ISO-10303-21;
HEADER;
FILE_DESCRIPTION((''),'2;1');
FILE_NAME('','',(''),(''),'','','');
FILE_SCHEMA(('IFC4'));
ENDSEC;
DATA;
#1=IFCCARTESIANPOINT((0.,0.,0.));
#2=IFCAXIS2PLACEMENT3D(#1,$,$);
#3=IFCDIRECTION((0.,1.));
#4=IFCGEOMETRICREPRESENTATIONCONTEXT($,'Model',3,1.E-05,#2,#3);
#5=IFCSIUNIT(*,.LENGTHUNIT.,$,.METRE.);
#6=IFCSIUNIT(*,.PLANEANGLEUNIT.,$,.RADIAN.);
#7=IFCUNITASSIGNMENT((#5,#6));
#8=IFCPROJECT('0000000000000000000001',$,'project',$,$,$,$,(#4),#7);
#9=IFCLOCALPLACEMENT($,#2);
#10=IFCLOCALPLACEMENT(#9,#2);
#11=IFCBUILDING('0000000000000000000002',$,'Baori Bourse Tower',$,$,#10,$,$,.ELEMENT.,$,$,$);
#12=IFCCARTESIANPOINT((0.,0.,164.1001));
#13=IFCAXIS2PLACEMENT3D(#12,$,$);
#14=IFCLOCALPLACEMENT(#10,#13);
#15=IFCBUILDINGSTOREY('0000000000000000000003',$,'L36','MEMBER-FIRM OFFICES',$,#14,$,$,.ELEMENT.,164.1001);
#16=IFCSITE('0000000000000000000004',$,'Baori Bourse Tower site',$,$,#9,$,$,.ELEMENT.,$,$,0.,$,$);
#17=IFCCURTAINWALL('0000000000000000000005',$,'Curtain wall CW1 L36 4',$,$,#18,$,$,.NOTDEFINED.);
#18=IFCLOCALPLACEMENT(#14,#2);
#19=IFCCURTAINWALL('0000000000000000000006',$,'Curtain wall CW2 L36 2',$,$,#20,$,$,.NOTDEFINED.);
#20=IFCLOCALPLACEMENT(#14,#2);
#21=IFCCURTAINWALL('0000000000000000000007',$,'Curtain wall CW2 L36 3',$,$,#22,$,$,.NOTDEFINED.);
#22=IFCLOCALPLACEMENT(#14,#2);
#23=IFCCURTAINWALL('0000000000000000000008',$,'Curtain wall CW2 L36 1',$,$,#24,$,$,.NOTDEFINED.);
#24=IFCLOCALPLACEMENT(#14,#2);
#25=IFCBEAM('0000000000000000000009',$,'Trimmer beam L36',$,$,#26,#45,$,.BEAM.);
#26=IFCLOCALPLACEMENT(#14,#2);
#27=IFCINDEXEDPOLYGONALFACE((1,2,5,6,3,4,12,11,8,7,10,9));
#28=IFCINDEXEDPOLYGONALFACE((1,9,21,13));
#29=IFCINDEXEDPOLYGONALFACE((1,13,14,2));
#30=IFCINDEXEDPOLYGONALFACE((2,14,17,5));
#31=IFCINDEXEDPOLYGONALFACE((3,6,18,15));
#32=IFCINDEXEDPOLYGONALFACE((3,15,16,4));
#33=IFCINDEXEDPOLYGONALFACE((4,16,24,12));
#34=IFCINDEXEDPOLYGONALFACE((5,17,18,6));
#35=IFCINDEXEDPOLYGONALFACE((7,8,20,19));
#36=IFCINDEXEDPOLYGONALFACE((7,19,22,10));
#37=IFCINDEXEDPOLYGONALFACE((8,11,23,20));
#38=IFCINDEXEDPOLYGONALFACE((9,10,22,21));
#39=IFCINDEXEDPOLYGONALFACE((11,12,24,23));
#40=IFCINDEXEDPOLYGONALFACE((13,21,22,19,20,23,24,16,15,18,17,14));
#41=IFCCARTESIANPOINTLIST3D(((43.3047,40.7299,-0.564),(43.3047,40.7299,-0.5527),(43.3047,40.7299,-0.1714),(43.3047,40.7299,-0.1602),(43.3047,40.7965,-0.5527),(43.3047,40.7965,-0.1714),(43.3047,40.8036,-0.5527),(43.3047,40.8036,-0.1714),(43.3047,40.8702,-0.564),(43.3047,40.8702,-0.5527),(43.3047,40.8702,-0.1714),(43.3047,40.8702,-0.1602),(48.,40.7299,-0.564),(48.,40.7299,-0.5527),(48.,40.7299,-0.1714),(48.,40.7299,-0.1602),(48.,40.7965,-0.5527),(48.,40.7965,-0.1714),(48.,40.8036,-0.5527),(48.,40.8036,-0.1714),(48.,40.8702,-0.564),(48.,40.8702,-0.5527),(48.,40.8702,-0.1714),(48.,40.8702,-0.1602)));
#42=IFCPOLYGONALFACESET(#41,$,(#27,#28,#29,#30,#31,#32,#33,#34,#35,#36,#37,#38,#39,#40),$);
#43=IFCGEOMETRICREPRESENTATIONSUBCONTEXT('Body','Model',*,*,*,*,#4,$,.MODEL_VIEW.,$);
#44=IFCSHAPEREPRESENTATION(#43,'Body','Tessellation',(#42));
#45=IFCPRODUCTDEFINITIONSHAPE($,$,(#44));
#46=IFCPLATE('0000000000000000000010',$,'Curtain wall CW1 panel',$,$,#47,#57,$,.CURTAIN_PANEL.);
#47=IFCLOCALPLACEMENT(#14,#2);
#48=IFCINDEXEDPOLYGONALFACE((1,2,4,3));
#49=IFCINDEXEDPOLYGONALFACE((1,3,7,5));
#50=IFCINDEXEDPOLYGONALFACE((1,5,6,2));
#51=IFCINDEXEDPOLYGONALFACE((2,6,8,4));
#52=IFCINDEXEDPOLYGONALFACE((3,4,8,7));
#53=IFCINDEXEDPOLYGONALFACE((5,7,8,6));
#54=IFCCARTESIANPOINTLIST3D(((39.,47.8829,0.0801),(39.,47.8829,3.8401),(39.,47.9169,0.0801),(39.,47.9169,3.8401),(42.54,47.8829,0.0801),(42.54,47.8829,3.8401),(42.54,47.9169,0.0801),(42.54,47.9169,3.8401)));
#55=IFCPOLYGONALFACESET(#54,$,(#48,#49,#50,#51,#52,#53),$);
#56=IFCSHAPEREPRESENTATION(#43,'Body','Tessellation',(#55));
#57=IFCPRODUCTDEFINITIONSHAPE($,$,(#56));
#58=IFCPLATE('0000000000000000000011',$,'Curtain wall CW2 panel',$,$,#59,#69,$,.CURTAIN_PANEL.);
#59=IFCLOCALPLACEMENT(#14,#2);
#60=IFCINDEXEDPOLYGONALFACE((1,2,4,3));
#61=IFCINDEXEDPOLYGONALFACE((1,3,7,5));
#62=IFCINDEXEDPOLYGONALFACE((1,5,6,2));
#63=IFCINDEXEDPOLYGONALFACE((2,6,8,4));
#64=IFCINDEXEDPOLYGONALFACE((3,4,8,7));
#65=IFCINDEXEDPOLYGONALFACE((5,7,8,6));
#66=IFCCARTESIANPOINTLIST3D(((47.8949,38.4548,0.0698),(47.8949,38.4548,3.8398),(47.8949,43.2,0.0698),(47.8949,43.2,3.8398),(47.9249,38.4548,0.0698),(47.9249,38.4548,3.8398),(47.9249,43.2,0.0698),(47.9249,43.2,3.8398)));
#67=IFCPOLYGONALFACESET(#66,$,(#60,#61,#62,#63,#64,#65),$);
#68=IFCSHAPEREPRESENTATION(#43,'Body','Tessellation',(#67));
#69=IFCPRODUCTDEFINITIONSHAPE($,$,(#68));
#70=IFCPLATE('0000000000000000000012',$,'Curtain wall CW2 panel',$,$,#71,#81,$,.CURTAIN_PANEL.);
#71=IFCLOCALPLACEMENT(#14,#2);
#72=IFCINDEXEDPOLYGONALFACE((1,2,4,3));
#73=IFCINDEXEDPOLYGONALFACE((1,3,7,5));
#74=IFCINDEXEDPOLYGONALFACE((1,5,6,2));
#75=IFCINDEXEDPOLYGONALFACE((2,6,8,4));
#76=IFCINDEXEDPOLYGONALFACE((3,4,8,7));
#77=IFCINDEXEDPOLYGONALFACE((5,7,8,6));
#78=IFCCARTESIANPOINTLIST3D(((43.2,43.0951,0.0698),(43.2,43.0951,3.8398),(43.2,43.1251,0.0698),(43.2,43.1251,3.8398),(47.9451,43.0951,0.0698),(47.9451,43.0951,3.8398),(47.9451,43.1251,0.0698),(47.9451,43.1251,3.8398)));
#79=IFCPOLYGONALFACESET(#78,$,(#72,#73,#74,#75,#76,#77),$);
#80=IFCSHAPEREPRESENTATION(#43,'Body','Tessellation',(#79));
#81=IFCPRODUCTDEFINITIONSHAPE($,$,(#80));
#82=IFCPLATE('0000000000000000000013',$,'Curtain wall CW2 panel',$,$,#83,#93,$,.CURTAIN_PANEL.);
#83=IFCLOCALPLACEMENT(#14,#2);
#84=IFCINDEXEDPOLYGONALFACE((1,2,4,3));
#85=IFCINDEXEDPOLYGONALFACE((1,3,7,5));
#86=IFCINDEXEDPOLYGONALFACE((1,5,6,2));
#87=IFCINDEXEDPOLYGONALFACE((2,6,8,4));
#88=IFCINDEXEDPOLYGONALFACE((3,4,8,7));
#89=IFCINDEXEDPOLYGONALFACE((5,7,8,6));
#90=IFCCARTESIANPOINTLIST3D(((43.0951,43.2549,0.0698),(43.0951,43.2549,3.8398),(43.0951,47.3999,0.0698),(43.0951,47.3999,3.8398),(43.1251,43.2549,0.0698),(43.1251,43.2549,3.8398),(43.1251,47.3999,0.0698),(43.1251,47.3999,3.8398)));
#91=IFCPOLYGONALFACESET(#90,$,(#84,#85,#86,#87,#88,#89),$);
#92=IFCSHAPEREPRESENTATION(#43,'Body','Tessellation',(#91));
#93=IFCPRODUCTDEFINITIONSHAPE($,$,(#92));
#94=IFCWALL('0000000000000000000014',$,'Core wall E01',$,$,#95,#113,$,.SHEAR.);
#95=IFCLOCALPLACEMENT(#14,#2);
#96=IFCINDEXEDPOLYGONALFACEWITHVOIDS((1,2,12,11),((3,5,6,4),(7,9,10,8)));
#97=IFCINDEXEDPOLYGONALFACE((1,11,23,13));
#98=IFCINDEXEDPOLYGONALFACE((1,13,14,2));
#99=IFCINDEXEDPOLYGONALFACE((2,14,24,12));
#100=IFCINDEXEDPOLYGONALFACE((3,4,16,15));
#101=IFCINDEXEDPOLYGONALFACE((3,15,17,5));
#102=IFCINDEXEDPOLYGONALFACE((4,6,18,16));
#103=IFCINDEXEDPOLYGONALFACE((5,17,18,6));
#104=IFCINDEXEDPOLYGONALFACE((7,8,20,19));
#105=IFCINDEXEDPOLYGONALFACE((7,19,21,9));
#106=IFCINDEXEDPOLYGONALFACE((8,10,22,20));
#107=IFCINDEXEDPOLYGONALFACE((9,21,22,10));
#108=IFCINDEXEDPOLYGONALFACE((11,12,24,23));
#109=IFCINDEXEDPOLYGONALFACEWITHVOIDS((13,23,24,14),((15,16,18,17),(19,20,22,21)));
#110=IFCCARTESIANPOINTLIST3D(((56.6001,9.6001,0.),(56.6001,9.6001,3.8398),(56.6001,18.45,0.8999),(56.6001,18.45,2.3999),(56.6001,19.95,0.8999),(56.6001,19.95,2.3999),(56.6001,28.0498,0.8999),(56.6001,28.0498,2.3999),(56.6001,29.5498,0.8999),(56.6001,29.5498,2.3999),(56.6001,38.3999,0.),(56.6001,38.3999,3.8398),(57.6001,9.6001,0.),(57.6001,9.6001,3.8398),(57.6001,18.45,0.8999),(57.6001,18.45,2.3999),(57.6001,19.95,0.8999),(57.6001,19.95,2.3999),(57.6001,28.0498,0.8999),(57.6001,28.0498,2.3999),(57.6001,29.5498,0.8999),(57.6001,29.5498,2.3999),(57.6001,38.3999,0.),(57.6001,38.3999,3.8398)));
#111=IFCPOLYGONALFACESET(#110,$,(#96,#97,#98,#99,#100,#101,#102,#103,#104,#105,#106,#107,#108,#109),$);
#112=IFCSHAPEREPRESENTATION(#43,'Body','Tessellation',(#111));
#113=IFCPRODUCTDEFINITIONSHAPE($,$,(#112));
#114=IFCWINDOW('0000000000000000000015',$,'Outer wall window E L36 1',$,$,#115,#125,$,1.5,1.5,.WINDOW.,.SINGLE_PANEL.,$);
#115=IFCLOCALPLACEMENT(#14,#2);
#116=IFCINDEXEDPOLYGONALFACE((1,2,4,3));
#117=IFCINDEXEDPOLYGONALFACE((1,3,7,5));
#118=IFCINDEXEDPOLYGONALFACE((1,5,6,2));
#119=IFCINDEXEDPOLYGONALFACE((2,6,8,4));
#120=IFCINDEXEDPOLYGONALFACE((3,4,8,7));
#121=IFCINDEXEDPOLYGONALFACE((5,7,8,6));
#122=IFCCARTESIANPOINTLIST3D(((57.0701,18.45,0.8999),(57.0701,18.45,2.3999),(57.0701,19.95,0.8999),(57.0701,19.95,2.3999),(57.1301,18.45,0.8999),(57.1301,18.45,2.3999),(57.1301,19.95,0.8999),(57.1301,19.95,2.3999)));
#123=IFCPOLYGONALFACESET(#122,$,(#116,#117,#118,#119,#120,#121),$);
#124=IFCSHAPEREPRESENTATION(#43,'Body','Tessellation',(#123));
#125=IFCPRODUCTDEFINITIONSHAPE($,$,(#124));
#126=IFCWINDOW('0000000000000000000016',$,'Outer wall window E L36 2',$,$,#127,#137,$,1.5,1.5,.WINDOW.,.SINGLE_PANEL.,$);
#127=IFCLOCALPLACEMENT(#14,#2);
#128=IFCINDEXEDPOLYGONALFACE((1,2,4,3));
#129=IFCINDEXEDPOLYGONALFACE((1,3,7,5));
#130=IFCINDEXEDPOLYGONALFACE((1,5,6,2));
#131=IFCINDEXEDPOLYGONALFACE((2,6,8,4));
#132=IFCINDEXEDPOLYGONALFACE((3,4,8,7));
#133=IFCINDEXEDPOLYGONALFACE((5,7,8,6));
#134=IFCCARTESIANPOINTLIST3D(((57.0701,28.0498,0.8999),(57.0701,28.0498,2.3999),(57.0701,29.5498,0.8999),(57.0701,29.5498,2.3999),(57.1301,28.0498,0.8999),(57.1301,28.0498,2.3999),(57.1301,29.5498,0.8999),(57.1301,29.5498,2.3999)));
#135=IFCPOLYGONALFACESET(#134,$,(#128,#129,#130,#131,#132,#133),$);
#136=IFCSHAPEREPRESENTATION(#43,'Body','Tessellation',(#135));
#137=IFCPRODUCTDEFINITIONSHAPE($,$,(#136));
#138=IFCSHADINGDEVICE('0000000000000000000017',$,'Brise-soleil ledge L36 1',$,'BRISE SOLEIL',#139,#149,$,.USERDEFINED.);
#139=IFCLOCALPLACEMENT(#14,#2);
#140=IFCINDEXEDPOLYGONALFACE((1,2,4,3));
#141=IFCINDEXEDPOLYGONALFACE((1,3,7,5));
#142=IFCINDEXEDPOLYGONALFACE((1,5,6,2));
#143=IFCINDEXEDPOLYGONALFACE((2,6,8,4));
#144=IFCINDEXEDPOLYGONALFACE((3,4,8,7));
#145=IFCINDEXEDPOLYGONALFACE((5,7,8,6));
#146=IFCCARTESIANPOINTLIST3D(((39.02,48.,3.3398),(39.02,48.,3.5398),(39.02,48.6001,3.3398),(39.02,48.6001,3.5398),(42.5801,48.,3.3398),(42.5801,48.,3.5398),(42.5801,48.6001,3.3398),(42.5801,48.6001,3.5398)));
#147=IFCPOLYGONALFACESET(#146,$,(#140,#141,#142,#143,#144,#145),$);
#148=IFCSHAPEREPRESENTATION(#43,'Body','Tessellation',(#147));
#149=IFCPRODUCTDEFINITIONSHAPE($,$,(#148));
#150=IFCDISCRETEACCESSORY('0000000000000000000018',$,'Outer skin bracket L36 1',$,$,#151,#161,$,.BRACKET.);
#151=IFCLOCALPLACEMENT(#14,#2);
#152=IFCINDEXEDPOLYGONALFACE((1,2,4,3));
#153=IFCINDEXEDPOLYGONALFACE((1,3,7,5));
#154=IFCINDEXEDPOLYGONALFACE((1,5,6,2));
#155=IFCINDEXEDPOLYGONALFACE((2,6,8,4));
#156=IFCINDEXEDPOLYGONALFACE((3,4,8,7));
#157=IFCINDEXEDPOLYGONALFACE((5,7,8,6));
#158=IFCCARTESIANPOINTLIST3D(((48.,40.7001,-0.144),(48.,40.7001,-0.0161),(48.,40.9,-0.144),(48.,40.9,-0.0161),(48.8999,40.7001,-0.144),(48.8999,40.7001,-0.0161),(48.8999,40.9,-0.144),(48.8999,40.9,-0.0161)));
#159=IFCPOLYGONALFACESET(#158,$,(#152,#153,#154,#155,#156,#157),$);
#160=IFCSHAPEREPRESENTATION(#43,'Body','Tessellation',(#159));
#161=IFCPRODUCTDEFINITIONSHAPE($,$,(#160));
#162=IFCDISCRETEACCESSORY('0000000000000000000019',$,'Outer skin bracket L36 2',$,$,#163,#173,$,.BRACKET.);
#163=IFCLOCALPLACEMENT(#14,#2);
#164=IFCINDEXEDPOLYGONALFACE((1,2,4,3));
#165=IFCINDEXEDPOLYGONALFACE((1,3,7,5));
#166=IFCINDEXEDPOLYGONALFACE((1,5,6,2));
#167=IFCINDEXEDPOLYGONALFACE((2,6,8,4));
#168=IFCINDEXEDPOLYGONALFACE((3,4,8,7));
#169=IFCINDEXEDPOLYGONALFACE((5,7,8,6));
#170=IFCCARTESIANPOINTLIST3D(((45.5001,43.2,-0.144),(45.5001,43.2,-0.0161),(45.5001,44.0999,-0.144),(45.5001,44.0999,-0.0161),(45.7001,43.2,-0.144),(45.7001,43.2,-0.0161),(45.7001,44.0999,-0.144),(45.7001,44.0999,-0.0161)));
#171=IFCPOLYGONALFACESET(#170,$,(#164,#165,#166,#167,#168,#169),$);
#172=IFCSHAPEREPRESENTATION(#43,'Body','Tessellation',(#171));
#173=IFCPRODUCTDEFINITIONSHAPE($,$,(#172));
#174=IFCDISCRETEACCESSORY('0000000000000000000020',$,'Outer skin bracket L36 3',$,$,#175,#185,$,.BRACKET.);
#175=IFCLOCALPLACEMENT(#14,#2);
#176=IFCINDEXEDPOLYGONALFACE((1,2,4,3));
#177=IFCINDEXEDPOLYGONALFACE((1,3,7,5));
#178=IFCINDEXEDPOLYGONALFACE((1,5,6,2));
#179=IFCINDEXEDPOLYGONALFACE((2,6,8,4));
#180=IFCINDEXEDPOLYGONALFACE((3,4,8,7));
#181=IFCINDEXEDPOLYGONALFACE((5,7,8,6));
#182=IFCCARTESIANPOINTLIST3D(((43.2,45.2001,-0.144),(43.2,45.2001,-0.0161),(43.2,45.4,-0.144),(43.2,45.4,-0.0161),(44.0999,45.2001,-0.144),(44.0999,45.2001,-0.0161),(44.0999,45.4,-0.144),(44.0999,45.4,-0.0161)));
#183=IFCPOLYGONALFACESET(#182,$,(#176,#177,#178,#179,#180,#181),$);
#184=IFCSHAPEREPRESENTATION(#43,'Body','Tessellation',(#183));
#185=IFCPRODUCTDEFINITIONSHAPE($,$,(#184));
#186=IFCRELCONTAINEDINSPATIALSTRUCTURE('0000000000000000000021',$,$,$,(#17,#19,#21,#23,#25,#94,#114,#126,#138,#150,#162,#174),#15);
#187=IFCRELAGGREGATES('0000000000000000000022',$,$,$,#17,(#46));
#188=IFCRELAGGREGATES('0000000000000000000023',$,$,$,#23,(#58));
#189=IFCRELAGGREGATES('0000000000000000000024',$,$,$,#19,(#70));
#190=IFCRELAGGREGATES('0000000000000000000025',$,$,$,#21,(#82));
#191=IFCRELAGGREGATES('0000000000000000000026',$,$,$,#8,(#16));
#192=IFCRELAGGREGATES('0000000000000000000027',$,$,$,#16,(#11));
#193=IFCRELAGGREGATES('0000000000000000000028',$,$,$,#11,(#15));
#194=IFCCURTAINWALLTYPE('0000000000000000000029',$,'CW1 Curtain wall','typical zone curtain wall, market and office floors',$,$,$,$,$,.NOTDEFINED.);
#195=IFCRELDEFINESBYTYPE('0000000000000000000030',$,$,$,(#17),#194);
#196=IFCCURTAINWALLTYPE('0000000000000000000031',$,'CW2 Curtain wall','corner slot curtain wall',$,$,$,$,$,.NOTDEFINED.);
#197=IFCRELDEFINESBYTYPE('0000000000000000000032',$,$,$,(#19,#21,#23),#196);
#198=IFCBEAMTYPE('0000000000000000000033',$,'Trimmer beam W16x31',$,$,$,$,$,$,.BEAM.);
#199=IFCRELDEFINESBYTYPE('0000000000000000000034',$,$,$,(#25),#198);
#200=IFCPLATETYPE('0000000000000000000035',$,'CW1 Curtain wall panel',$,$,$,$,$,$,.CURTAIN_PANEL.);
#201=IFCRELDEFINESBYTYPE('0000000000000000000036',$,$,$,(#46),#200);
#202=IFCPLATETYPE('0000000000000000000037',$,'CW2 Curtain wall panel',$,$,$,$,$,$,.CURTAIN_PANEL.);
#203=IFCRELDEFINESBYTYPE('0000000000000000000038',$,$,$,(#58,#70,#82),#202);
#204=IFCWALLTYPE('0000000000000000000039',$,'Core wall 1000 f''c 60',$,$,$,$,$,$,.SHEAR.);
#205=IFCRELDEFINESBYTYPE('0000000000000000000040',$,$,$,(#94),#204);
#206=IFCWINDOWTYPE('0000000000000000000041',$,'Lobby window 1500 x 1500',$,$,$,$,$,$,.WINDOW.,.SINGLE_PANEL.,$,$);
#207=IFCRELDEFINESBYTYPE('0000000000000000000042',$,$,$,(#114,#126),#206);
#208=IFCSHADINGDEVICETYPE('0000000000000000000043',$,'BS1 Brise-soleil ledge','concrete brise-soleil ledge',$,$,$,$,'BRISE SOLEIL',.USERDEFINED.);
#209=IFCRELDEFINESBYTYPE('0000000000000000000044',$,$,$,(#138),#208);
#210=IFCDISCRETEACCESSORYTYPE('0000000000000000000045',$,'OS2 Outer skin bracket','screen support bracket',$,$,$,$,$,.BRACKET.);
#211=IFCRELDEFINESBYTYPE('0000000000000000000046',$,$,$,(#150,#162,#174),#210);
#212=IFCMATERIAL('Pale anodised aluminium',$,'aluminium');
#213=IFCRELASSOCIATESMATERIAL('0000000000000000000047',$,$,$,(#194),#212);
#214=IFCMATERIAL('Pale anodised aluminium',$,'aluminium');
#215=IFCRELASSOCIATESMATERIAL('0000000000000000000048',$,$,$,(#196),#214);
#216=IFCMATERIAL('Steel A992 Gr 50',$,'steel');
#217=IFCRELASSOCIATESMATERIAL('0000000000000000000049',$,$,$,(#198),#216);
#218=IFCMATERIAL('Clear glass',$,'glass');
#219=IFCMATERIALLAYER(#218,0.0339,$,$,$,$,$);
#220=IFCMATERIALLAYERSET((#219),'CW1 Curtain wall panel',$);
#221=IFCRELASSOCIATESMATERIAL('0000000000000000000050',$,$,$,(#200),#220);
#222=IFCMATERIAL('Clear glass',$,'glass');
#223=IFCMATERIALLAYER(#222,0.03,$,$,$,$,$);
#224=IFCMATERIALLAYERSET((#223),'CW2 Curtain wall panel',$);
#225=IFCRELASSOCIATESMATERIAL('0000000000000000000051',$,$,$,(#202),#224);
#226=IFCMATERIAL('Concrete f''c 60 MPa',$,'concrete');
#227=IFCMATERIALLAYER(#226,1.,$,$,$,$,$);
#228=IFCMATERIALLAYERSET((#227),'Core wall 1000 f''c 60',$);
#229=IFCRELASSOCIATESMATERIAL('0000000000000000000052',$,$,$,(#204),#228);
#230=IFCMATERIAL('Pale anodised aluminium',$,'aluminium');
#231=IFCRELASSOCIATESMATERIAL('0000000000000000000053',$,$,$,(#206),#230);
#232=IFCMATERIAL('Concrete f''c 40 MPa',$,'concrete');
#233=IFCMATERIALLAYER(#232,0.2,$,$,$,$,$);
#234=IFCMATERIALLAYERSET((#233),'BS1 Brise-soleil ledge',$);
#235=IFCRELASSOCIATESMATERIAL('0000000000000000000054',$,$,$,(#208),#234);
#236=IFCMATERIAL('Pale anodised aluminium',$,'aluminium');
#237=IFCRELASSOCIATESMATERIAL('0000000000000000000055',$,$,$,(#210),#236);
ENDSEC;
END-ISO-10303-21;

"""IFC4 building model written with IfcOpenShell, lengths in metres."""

from ifc_helpers import new_model, si_unit, direction, frame, frame_2d, origin, origin_2d, place, context, subcontext, project, spatial, rectangle, i_section, extrude, material, layer, layer_set, material_profile, profile_set, type_object, element, fill, aggregate, save


model = new_model("IFC4")

# Units and contexts
model_context = context("Model", 3, precision=1e-05, world=origin(), true_north=direction((0.0, 1.0)))
body_context = subcontext(model_context, "Body", "Model", "MODEL_VIEW")
ifc_project = project(units=[si_unit("LENGTHUNIT", "METRE"), si_unit("PLANEANGLEUNIT", "RADIAN")], contexts=[model_context])

# Site, building, storey
site_placement = place(None, origin())
site = spatial("IfcSite", under=ifc_project, at=site_placement, Name="Baori Bourse Tower site", CompositionType="ELEMENT", RefElevation=0.0)
building_placement = place(site_placement, origin())
building = spatial("IfcBuilding", under=site, at=building_placement, Name="Baori Bourse Tower", CompositionType="ELEMENT")
storey_placement = place(building_placement, frame((0.0, 0.0, 164.1001)))
storey = spatial("IfcBuildingStorey", under=building, at=storey_placement, Name="L36", Description="MEMBER-FIRM OFFICES", CompositionType="ELEMENT", Elevation=164.1001)

# Curtain wall
ifc_material_1 = material(Name="Pale anodised aluminium", Category="aluminium")
curtain_wall_type_1 = type_object("IfcCurtainWallType", Name="CW1 Curtain wall", Description="typical zone curtain wall, market and office floors", PredefinedType="NOTDEFINED", material=ifc_material_1)
curtain_wall_1_placement = place(storey_placement, origin())
curtain_wall_1 = element("IfcCurtainWall", 1, at=curtain_wall_1_placement, inside=storey, type_object=curtain_wall_type_1, Name="Curtain wall CW1 L36 4", PredefinedType="NOTDEFINED")

# Curtain walls
ifc_material_2 = material(Name="Pale anodised aluminium", Category="aluminium")
curtain_wall_type_2 = type_object("IfcCurtainWallType", Name="CW2 Curtain wall", Description="corner slot curtain wall", PredefinedType="NOTDEFINED", material=ifc_material_2)
curtain_wall_2_placement = place(storey_placement, origin())
curtain_wall_2 = element("IfcCurtainWall", 2, at=curtain_wall_2_placement, inside=storey, type_object=curtain_wall_type_2, Name="Curtain wall CW2 L36 2", PredefinedType="NOTDEFINED")
curtain_wall_3_placement = place(storey_placement, origin())
curtain_wall_3 = element("IfcCurtainWall", 3, at=curtain_wall_3_placement, inside=storey, type_object=curtain_wall_type_2, Name="Curtain wall CW2 L36 3", PredefinedType="NOTDEFINED")
curtain_wall_4_placement = place(storey_placement, origin())
curtain_wall_4 = element("IfcCurtainWall", 4, at=curtain_wall_4_placement, inside=storey, type_object=curtain_wall_type_2, Name="Curtain wall CW2 L36 1", PredefinedType="NOTDEFINED")

# Beam
ifc_material_3 = material(Name="Steel A992 Gr 50", Category="steel")
ifc_material_profile_1 = material_profile(ifc_material_3, i_section(OverallWidth=0.1404, OverallDepth=0.4038, WebThickness=0.0071, FlangeThickness=0.0112, at=origin_2d()), Name="W16x31")
ifc_profile_set_1 = profile_set([ifc_material_profile_1], Name="Steel A992 Gr 50")
beam_type_1 = type_object("IfcBeamType", Name="Trimmer beam W16x31", PredefinedType="BEAM", material=ifc_profile_set_1)
beam_1_placement = place(storey_placement, frame((43.3047, 40.8, -0.3621), z_axis=(1.0, 0.0, 0.0), x_axis=(0.0, 1.0, 0.0)))
element("IfcBeam", 5, at=beam_1_placement, inside=storey, type_object=beam_type_1, Name="Trimmer beam L36", PredefinedType="BEAM", context=body_context, shape_type="SweptSolid", body=[
    extrude(i_section(OverallWidth=0.1404, OverallDepth=0.4038, WebThickness=0.0071, FlangeThickness=0.0112, at=origin_2d()), origin(), (0.0, 0.0, 1.0), 4.6953),
])

# Plates
ifc_material_4 = material(Name="Clear glass", Category="glass")
ifc_layer_1 = layer(ifc_material_4, 0.0339)
ifc_layer_set_1 = layer_set([ifc_layer_1], Name="CW1 Curtain wall panel")
plate_type_1 = type_object("IfcPlateType", Name="CW1 Curtain wall panel", PredefinedType="CURTAIN_PANEL", material=ifc_layer_set_1)
plate_1_placement = place(storey_placement, frame((40.77, 47.8999, 0.0801), z_axis=(0.0, 0.0, 1.0), x_axis=(-1.0, 0.0, 0.0)))
plate_1 = element("IfcPlate", 6, at=plate_1_placement, type_object=plate_type_1, Name="Curtain wall CW1 panel", PredefinedType="CURTAIN_PANEL", context=body_context, shape_type="SweptSolid", body=[
    extrude(rectangle(XDim=3.54, YDim=0.0339, at=origin_2d()), origin(), (0.0, 0.0, 1.0), 3.76),
])
aggregate(curtain_wall_1, [plate_1])
ifc_material_5 = material(Name="Clear glass", Category="glass")
ifc_layer_2 = layer(ifc_material_5, 0.03)
ifc_layer_set_2 = layer_set([ifc_layer_2], Name="CW2 Curtain wall panel")
plate_type_2 = type_object("IfcPlateType", Name="CW2 Curtain wall panel", PredefinedType="CURTAIN_PANEL", material=ifc_layer_set_2)
plate_2_placement = place(storey_placement, frame((47.9099, 40.8274, 0.0698), z_axis=(0.0, 0.0, 1.0), x_axis=(0.0, 1.0, 0.0)))
plate_2 = element("IfcPlate", 7, at=plate_2_placement, type_object=plate_type_2, Name="Curtain wall CW2 panel", PredefinedType="CURTAIN_PANEL", context=body_context, shape_type="SweptSolid", body=[
    extrude(rectangle(XDim=4.7451, YDim=0.03, at=origin_2d()), origin(), (0.0, 0.0, 1.0), 3.77),
])
aggregate(curtain_wall_4, [plate_2])
plate_3_placement = place(storey_placement, frame((45.5725, 43.1101, 0.0698), z_axis=(0.0, 0.0, 1.0), x_axis=(-1.0, 0.0, 0.0)))
plate_3 = element("IfcPlate", 8, at=plate_3_placement, type_object=plate_type_2, Name="Curtain wall CW2 panel", PredefinedType="CURTAIN_PANEL", context=body_context, shape_type="SweptSolid", body=[
    extrude(rectangle(XDim=4.7451, YDim=0.03, at=origin_2d()), origin(), (0.0, 0.0, 1.0), 3.77),
])
aggregate(curtain_wall_2, [plate_3])
plate_4_placement = place(storey_placement, frame((43.1101, 45.3274, 0.0698), z_axis=(0.0, 0.0, 1.0), x_axis=(0.0, 1.0, 0.0)))
plate_4 = element("IfcPlate", 9, at=plate_4_placement, type_object=plate_type_2, Name="Curtain wall CW2 panel", PredefinedType="CURTAIN_PANEL", context=body_context, shape_type="SweptSolid", body=[
    extrude(rectangle(XDim=4.145, YDim=0.03, at=origin_2d()), origin(), (0.0, 0.0, 1.0), 3.77),
])
aggregate(curtain_wall_3, [plate_4])

# Wall, openings, windows
ifc_material_6 = material(Name="Concrete f'c 60 MPa", Category="concrete")
ifc_layer_3 = layer(ifc_material_6, 1.0)
ifc_layer_set_3 = layer_set([ifc_layer_3], Name="Core wall 1000 f'c 60")
wall_type = type_object("IfcWallType", Name="Core wall 1000 f'c 60", PredefinedType="SHEAR", material=ifc_layer_set_3)
wall_placement = place(storey_placement, frame((57.1001, 38.3999, 0.0), z_axis=(0.0, 0.0, 1.0), x_axis=(0.0, -1.0, 0.0)))
wall = element("IfcWall", 10, at=wall_placement, inside=storey, type_object=wall_type, Name="Core wall E01", PredefinedType="SHEAR", context=body_context, shape_type="SweptSolid", body=[
    extrude(rectangle(XDim=28.7998, YDim=1.0, at=frame_2d((14.3999, 0.0))), origin(), (0.0, 0.0, 1.0), 3.8398),
])
opening_1_placement = place(wall_placement, frame((18.45, 0.0, 0.8999)))
opening_1 = element("IfcOpeningElement", 11, at=opening_1_placement, cuts=wall, PredefinedType="OPENING", context=body_context, shape_type="SweptSolid", body=[
    extrude(rectangle(XDim=1.5, YDim=1.5, at=frame_2d((0.75, 0.75))), frame((0.0, 0.51, 0.0), z_axis=(0.0, -1.0, 0.0), x_axis=(1.0, 0.0, 0.0)), (0.0, 0.0, 1.0), 1.02),
])
opening_2_placement = place(wall_placement, frame((8.8501, 0.0, 0.8999)))
opening_2 = element("IfcOpeningElement", 12, at=opening_2_placement, cuts=wall, PredefinedType="OPENING", context=body_context, shape_type="SweptSolid", body=[
    extrude(rectangle(XDim=1.5, YDim=1.5, at=frame_2d((0.75, 0.75))), frame((0.0, 0.51, 0.0), z_axis=(0.0, -1.0, 0.0), x_axis=(1.0, 0.0, 0.0)), (0.0, 0.0, 1.0), 1.02),
])
ifc_material_7 = material(Name="Pale anodised aluminium", Category="aluminium")
window_type = type_object("IfcWindowType", Name="Lobby window 1500 x 1500", PartitioningType="SINGLE_PANEL", PredefinedType="WINDOW", material=ifc_material_7)
window_1_placement = place(opening_1_placement, origin())
window_1 = element("IfcWindow", 13, at=window_1_placement, inside=storey, type_object=window_type, Name="Outer wall window E L36 1", OverallHeight=1.5, OverallWidth=1.5, PartitioningType="SINGLE_PANEL", PredefinedType="WINDOW", context=body_context, shape_type="SweptSolid", body=[
    extrude(rectangle(XDim=1.5, YDim=1.5, at=frame_2d((0.75, 0.75))), frame((0.0, 0.03, 0.0), z_axis=(0.0, -1.0, 0.0), x_axis=(1.0, 0.0, 0.0)), (0.0, 0.0, 1.0), 0.0601),
])
fill(opening_1, window_1)
window_2_placement = place(opening_2_placement, origin())
window_2 = element("IfcWindow", 14, at=window_2_placement, inside=storey, type_object=window_type, Name="Outer wall window E L36 2", OverallHeight=1.5, OverallWidth=1.5, PartitioningType="SINGLE_PANEL", PredefinedType="WINDOW", context=body_context, shape_type="SweptSolid", body=[
    extrude(rectangle(XDim=1.5, YDim=1.5, at=frame_2d((0.75, 0.75))), frame((0.0, 0.03, 0.0), z_axis=(0.0, -1.0, 0.0), x_axis=(1.0, 0.0, 0.0)), (0.0, 0.0, 1.0), 0.0601),
])
fill(opening_2, window_2)

# Shading device
ifc_material_8 = material(Name="Concrete f'c 40 MPa", Category="concrete")
ifc_layer_4 = layer(ifc_material_8, 0.2)
ifc_layer_set_4 = layer_set([ifc_layer_4], Name="BS1 Brise-soleil ledge")
shading_device_type = type_object("IfcShadingDeviceType", Name="BS1 Brise-soleil ledge", Description="concrete brise-soleil ledge", ElementType="BRISE SOLEIL", PredefinedType="USERDEFINED", material=ifc_layer_set_4)
shading_device_placement = place(storey_placement, frame((40.8, 48.3, 3.3398), z_axis=(0.0, 0.0, 1.0), x_axis=(-1.0, 0.0, 0.0)))
element("IfcShadingDevice", 15, at=shading_device_placement, inside=storey, type_object=shading_device_type, Name="Brise-soleil ledge L36 1", ObjectType="BRISE SOLEIL", PredefinedType="USERDEFINED", context=body_context, shape_type="SweptSolid", body=[
    extrude(rectangle(XDim=3.5601, YDim=0.6001, at=origin_2d()), origin(), (0.0, 0.0, 1.0), 0.2),
])

# Discrete accessories
ifc_material_9 = material(Name="Pale anodised aluminium", Category="aluminium")
discrete_accessory_type = type_object("IfcDiscreteAccessoryType", Name="OS2 Outer skin bracket", Description="screen support bracket", PredefinedType="BRACKET", material=ifc_material_9)
for number, where, z_axis, x_axis, name in (
    (16, (48.45, 40.8, -0.144), (0.0, 0.0, 1.0), (0.0, 1.0, 0.0), "Outer skin bracket L36 1"),
    (17, (45.6001, 43.6499, -0.144), (0.0, 0.0, 1.0), (-1.0, 0.0, 0.0), "Outer skin bracket L36 2"),
    (18, (43.6499, 45.3, -0.144), (0.0, 0.0, 1.0), (0.0, 1.0, 0.0), "Outer skin bracket L36 3"),
):
    element("IfcDiscreteAccessory", number, at=place(storey_placement, frame(where, z_axis=z_axis, x_axis=x_axis)), inside=storey, type_object=discrete_accessory_type, Name=name, PredefinedType="BRACKET", context=body_context, shape_type="SweptSolid", body=[
        extrude(rectangle(XDim=0.2, YDim=0.8999, at=origin_2d()), origin(), (0.0, 0.0, 1.0), 0.1279),
    ])

save(model, "model.ifc")
